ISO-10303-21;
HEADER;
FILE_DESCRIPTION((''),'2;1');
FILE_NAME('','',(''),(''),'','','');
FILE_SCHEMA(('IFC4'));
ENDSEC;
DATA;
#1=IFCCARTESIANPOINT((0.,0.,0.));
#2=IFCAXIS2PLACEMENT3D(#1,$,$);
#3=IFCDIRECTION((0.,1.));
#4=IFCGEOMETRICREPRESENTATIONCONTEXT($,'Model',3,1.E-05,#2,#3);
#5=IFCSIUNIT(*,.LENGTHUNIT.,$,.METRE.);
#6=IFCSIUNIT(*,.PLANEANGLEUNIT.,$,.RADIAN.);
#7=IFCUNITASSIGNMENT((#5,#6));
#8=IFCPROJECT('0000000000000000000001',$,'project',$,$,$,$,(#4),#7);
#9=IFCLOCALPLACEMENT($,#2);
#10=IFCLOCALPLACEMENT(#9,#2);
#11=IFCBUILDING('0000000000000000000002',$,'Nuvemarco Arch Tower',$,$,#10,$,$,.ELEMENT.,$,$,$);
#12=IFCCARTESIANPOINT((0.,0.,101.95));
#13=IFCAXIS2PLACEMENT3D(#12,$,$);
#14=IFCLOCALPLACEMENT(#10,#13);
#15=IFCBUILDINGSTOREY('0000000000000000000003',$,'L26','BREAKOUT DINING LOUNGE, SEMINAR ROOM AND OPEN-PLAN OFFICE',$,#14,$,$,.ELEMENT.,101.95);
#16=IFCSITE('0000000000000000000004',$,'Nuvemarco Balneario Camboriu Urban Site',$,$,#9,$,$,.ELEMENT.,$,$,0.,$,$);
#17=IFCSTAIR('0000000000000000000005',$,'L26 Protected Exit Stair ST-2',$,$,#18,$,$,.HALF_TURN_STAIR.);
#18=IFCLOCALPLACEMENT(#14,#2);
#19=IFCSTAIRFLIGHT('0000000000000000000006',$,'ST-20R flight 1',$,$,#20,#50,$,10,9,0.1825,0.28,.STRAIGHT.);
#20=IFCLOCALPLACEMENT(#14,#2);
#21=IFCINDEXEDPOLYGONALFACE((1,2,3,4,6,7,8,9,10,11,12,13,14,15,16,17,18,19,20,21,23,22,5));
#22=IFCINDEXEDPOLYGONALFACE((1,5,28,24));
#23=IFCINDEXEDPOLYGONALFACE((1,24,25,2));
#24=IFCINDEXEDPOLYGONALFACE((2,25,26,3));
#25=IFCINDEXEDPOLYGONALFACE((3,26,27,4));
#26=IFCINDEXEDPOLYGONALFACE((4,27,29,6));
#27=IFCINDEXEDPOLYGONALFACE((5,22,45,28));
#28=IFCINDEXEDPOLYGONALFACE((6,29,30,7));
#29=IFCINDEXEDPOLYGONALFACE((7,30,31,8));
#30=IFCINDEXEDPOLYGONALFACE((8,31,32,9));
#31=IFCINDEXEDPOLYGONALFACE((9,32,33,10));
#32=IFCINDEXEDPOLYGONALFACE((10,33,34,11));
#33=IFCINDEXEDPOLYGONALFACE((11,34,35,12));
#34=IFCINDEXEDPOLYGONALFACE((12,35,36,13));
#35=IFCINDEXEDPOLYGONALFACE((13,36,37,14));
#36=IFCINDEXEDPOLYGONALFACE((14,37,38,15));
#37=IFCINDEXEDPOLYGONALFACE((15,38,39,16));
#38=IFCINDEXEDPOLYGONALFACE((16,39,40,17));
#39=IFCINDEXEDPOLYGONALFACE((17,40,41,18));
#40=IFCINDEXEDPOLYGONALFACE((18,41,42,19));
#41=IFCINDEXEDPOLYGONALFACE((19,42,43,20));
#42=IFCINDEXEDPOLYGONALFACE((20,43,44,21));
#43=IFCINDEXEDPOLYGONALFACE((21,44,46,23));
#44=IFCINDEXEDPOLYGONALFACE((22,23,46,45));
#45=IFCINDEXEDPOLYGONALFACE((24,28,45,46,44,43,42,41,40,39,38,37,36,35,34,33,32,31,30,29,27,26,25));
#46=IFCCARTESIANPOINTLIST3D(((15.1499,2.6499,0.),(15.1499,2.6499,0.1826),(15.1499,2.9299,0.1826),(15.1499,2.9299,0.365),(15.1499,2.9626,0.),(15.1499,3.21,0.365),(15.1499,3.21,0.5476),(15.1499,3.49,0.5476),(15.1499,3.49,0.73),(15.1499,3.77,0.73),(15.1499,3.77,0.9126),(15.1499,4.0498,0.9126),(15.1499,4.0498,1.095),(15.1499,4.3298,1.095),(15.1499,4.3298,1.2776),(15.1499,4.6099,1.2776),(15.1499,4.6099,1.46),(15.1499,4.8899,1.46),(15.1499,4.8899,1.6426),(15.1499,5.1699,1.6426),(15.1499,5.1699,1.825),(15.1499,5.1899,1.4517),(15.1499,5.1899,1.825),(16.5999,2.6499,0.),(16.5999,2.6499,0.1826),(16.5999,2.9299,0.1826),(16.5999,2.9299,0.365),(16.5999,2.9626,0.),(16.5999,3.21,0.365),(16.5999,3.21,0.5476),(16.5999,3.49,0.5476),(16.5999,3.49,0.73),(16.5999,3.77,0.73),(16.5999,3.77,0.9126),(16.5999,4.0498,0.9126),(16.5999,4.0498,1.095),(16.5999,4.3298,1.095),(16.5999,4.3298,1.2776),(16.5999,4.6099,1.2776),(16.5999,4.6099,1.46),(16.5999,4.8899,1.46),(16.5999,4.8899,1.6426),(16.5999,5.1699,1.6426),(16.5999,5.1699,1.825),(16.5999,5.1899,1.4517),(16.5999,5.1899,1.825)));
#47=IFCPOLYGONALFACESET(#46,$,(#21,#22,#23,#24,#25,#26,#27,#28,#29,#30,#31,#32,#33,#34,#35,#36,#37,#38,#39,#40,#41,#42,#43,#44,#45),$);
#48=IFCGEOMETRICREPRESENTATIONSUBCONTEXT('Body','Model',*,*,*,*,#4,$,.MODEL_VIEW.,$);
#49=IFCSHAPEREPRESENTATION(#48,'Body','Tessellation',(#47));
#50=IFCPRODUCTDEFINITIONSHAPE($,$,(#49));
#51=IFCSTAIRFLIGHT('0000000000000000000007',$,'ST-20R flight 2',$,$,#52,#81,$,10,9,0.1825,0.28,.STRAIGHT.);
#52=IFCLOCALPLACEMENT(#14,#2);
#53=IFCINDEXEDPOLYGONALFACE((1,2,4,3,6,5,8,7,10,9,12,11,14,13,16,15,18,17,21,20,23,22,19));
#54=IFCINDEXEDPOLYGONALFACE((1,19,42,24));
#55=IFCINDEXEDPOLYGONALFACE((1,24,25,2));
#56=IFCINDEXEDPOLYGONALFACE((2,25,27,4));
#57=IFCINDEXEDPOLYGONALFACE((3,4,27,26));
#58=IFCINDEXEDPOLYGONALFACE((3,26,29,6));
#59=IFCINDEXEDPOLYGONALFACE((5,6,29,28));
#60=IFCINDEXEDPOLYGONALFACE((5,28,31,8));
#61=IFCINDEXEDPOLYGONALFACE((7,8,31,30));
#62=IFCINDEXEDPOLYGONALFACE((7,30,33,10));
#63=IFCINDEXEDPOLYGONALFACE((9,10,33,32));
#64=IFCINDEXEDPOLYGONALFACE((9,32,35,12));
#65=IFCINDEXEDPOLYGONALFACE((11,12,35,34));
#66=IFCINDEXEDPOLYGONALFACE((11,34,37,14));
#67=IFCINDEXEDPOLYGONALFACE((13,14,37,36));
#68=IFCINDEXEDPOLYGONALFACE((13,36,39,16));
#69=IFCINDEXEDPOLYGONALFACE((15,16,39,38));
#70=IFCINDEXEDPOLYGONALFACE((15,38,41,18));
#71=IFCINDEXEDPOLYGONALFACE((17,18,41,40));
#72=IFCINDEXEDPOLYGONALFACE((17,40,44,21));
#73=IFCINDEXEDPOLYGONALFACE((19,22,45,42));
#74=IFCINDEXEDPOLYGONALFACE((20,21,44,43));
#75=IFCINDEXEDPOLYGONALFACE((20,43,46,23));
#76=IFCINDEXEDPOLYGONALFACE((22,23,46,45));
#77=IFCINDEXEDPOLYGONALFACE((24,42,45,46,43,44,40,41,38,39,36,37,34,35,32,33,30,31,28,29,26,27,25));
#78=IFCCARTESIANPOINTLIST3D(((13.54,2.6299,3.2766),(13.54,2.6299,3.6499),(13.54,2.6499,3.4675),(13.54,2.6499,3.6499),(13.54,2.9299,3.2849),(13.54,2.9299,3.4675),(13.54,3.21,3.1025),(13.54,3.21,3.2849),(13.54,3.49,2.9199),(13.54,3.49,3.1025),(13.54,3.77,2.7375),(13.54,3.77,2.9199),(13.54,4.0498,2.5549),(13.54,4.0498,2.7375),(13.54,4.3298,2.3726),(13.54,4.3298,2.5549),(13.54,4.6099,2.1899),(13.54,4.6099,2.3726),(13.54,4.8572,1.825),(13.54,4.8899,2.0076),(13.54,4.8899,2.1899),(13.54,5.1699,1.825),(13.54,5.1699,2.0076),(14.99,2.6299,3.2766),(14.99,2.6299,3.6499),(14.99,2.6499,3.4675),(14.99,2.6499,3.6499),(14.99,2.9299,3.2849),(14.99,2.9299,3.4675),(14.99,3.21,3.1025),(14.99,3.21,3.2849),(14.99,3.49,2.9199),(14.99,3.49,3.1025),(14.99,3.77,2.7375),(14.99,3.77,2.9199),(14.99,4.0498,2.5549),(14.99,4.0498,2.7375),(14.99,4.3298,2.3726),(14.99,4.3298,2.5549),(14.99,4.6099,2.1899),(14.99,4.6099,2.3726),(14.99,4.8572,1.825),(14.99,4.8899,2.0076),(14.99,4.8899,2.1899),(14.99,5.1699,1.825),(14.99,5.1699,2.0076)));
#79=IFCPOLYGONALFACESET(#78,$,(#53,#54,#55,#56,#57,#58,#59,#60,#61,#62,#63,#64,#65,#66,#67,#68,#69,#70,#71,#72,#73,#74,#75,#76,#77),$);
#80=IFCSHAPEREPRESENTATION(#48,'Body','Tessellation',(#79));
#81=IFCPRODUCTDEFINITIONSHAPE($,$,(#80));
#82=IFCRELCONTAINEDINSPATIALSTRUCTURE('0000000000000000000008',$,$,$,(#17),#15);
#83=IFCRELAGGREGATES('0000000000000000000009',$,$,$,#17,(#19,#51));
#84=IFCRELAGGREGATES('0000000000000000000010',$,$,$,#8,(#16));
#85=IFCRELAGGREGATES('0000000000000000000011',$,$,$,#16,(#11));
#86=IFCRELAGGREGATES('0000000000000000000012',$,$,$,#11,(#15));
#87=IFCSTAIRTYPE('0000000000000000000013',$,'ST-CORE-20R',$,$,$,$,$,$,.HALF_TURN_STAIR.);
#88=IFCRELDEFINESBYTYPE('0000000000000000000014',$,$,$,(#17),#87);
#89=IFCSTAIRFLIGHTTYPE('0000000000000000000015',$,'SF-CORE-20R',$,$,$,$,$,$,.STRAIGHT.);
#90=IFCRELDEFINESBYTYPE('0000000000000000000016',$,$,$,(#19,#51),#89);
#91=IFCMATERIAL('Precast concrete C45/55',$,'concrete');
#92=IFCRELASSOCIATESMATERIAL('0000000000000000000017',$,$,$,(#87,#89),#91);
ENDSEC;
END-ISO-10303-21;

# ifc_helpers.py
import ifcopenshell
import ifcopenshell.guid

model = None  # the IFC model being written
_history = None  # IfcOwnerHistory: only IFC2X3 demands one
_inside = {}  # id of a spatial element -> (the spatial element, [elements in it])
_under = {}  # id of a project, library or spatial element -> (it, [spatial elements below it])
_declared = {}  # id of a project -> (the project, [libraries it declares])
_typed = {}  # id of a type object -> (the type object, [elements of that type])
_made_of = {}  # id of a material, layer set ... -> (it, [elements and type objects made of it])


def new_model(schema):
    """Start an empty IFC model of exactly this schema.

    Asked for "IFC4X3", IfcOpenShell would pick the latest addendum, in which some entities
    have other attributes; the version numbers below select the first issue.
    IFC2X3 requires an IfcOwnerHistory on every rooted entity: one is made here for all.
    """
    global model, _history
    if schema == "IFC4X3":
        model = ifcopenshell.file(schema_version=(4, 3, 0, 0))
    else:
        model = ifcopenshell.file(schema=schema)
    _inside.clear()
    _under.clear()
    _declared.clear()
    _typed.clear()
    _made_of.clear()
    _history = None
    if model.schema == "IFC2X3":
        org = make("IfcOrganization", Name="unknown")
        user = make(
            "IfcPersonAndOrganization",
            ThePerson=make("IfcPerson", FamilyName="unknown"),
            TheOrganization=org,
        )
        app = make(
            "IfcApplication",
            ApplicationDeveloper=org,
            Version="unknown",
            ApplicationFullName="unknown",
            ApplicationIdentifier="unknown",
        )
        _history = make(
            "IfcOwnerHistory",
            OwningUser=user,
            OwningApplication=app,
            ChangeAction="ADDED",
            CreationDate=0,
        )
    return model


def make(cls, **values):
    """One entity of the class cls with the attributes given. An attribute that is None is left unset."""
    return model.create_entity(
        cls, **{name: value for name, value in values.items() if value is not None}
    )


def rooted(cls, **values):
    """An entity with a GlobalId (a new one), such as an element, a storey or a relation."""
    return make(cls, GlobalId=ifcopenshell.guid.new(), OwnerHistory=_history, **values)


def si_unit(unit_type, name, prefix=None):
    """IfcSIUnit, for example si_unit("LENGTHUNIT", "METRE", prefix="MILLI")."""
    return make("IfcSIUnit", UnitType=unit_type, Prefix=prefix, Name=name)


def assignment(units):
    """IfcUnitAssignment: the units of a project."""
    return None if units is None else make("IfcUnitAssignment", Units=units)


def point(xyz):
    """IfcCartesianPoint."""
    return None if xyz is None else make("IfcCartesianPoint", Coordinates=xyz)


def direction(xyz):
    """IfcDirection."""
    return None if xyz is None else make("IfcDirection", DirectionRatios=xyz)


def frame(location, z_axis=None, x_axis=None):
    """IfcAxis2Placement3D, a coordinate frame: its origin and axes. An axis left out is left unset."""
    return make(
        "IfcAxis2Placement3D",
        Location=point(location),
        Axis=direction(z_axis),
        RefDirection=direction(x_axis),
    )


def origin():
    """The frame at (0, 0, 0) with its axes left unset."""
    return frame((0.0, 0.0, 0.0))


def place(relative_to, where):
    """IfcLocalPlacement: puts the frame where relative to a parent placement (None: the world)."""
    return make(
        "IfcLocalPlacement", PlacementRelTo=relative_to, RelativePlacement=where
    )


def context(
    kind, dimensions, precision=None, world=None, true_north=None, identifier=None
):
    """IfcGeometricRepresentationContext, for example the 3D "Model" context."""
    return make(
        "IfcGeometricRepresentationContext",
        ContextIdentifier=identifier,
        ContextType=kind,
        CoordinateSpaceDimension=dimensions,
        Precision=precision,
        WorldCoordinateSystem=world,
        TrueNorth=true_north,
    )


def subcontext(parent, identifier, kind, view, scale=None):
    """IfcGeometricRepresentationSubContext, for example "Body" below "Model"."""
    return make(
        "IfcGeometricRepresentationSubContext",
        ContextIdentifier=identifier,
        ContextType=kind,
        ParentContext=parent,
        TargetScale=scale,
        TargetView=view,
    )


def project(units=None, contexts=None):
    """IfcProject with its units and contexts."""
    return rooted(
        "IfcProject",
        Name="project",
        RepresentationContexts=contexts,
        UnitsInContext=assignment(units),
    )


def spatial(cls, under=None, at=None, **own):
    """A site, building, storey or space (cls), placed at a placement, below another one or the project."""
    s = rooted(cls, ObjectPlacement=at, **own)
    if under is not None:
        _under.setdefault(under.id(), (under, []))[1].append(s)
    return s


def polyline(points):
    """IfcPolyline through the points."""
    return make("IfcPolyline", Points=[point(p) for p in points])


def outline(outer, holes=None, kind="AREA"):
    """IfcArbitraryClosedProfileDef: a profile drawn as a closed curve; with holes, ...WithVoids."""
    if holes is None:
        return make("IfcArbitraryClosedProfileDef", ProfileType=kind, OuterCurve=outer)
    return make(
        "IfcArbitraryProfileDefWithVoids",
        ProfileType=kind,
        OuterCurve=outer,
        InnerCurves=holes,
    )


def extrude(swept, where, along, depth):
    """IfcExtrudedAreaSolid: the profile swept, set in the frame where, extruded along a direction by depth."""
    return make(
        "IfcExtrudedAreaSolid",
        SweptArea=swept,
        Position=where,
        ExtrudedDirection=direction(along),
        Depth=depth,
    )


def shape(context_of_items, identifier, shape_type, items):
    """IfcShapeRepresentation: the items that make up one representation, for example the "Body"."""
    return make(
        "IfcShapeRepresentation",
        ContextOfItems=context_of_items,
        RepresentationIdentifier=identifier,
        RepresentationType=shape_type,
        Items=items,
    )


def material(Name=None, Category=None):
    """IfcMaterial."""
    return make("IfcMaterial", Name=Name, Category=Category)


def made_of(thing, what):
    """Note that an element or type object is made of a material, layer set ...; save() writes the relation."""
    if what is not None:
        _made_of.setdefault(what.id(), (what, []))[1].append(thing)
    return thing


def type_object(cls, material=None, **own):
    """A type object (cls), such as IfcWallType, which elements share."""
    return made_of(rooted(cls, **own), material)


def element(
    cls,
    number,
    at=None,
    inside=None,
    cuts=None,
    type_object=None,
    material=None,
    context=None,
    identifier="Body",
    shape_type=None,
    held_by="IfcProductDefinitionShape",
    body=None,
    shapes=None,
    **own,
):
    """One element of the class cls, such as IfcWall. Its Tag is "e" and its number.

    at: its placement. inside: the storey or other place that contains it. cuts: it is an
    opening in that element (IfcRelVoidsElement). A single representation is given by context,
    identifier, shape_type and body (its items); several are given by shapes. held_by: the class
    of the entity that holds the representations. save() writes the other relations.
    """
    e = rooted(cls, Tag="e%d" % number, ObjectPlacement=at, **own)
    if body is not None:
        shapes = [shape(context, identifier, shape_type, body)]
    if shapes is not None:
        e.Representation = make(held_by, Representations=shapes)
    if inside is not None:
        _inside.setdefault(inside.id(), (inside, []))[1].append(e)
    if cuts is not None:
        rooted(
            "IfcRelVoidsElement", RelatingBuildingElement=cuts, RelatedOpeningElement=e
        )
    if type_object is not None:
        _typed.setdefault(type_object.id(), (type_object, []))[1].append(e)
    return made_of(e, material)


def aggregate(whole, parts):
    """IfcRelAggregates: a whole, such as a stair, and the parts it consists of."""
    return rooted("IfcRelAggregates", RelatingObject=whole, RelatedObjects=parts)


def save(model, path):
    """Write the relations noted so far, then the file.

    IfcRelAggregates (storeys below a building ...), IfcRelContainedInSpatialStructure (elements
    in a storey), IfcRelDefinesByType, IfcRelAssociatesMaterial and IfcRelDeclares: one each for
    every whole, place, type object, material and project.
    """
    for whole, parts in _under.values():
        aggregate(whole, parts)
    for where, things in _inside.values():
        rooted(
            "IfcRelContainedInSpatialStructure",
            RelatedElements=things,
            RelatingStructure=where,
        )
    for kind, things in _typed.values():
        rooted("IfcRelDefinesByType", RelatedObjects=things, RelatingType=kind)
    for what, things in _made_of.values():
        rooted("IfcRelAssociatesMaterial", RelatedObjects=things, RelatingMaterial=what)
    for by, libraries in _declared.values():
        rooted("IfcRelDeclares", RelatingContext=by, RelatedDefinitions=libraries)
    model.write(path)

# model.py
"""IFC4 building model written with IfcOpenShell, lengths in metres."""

from ifc_helpers import new_model, si_unit, direction, frame, origin, place, context, subcontext, project, spatial, polyline, outline, extrude, material, type_object, element, aggregate, save


model = new_model("IFC4")

# Units and contexts
model_context = context("Model", 3, precision=1e-05, world=origin(), true_north=direction((0.0, 1.0)))
body_context = subcontext(model_context, "Body", "Model", "MODEL_VIEW")
ifc_project = project(units=[si_unit("LENGTHUNIT", "METRE"), si_unit("PLANEANGLEUNIT", "RADIAN")], contexts=[model_context])

# Site, building, storey
site_placement = place(None, origin())
site = spatial("IfcSite", under=ifc_project, at=site_placement, Name="Nuvemarco Balneario Camboriu Urban Site", CompositionType="ELEMENT", RefElevation=0.0)
building_placement = place(site_placement, origin())
building = spatial("IfcBuilding", under=site, at=building_placement, Name="Nuvemarco Arch Tower", CompositionType="ELEMENT")
storey_placement = place(building_placement, frame((0.0, 0.0, 101.95)))
storey = spatial("IfcBuildingStorey", under=building, at=storey_placement, Name="L26", Description="BREAKOUT DINING LOUNGE, SEMINAR ROOM AND OPEN-PLAN OFFICE", CompositionType="ELEMENT", Elevation=101.95)

# Shared definitions
ifc_material_1 = material(Name="Precast concrete C45/55", Category="concrete")

# Stair, stair flights
stair_type = type_object("IfcStairType", Name="ST-CORE-20R", PredefinedType="HALF_TURN_STAIR", material=ifc_material_1)
stair_placement = place(storey_placement, origin())
stair = element("IfcStair", 1, at=stair_placement, inside=storey, type_object=stair_type, Name="L26 Protected Exit Stair ST-2", PredefinedType="HALF_TURN_STAIR")
stair_flight_type = type_object("IfcStairFlightType", Name="SF-CORE-20R", PredefinedType="STRAIGHT", material=ifc_material_1)
stair_flight_1_placement = place(storey_placement, frame((15.875, 2.6499, 0.0), z_axis=(0.0, 0.0, 1.0), x_axis=(0.0, 1.0, 0.0)))
stair_flight_1 = element("IfcStairFlight", 2, at=stair_flight_1_placement, type_object=stair_flight_type, Name="ST-20R flight 1", NumberOfRisers=10, NumberOfTreads=9, PredefinedType="STRAIGHT", RiserHeight=0.1825, TreadLength=0.28, context=body_context, shape_type="SweptSolid", body=[
    extrude(outline(polyline([(0.0, 0.0), (0.0, 0.1826), (0.28, 0.1826), (0.28, 0.365), (0.5601, 0.365), (0.5601, 0.5476), (0.8401, 0.5476), (0.8401, 0.73), (1.1201, 0.73), (1.1201, 0.9126), (1.3999, 0.9126), (1.3999, 1.095), (1.6799, 1.095), (1.6799, 1.2776), (1.96, 1.2776), (1.96, 1.46), (2.24, 1.46), (2.24, 1.6426), (2.52, 1.6426), (2.52, 1.825), (2.54, 1.825), (2.54, 1.4517), (0.3127, 0.0), (0.0, 0.0)])), frame((0.0, 0.7251, 0.0), z_axis=(0.0, -1.0, 0.0), x_axis=(1.0, 0.0, 0.0)), (0.0, 0.0, 1.0), 1.45),
])
stair_flight_2_placement = place(storey_placement, frame((14.2649, 5.1699, 1.825), z_axis=(0.0, 0.0, 1.0), x_axis=(0.0, -1.0, 0.0)))
stair_flight_2 = element("IfcStairFlight", 3, at=stair_flight_2_placement, type_object=stair_flight_type, Name="ST-20R flight 2", NumberOfRisers=10, NumberOfTreads=9, PredefinedType="STRAIGHT", RiserHeight=0.1825, TreadLength=0.28, context=body_context, shape_type="SweptSolid", body=[
    extrude(outline(polyline([(0.0, 0.0), (0.0, 0.1826), (0.28, 0.1826), (0.28, 0.365), (0.5601, 0.365), (0.5601, 0.5476), (0.8401, 0.5476), (0.8401, 0.73), (1.1201, 0.73), (1.1201, 0.9126), (1.3999, 0.9126), (1.3999, 1.095), (1.6799, 1.095), (1.6799, 1.2776), (1.96, 1.2776), (1.96, 1.46), (2.24, 1.46), (2.24, 1.6426), (2.52, 1.6426), (2.52, 1.825), (2.54, 1.825), (2.54, 1.4517), (0.3127, 0.0), (0.0, 0.0)])), frame((0.0, 0.7251, 0.0), z_axis=(0.0, -1.0, 0.0), x_axis=(1.0, 0.0, 0.0)), (0.0, 0.0, 1.0), 1.45),
])
aggregate(stair, [stair_flight_1, stair_flight_2])

save(model, "model.ifc")
